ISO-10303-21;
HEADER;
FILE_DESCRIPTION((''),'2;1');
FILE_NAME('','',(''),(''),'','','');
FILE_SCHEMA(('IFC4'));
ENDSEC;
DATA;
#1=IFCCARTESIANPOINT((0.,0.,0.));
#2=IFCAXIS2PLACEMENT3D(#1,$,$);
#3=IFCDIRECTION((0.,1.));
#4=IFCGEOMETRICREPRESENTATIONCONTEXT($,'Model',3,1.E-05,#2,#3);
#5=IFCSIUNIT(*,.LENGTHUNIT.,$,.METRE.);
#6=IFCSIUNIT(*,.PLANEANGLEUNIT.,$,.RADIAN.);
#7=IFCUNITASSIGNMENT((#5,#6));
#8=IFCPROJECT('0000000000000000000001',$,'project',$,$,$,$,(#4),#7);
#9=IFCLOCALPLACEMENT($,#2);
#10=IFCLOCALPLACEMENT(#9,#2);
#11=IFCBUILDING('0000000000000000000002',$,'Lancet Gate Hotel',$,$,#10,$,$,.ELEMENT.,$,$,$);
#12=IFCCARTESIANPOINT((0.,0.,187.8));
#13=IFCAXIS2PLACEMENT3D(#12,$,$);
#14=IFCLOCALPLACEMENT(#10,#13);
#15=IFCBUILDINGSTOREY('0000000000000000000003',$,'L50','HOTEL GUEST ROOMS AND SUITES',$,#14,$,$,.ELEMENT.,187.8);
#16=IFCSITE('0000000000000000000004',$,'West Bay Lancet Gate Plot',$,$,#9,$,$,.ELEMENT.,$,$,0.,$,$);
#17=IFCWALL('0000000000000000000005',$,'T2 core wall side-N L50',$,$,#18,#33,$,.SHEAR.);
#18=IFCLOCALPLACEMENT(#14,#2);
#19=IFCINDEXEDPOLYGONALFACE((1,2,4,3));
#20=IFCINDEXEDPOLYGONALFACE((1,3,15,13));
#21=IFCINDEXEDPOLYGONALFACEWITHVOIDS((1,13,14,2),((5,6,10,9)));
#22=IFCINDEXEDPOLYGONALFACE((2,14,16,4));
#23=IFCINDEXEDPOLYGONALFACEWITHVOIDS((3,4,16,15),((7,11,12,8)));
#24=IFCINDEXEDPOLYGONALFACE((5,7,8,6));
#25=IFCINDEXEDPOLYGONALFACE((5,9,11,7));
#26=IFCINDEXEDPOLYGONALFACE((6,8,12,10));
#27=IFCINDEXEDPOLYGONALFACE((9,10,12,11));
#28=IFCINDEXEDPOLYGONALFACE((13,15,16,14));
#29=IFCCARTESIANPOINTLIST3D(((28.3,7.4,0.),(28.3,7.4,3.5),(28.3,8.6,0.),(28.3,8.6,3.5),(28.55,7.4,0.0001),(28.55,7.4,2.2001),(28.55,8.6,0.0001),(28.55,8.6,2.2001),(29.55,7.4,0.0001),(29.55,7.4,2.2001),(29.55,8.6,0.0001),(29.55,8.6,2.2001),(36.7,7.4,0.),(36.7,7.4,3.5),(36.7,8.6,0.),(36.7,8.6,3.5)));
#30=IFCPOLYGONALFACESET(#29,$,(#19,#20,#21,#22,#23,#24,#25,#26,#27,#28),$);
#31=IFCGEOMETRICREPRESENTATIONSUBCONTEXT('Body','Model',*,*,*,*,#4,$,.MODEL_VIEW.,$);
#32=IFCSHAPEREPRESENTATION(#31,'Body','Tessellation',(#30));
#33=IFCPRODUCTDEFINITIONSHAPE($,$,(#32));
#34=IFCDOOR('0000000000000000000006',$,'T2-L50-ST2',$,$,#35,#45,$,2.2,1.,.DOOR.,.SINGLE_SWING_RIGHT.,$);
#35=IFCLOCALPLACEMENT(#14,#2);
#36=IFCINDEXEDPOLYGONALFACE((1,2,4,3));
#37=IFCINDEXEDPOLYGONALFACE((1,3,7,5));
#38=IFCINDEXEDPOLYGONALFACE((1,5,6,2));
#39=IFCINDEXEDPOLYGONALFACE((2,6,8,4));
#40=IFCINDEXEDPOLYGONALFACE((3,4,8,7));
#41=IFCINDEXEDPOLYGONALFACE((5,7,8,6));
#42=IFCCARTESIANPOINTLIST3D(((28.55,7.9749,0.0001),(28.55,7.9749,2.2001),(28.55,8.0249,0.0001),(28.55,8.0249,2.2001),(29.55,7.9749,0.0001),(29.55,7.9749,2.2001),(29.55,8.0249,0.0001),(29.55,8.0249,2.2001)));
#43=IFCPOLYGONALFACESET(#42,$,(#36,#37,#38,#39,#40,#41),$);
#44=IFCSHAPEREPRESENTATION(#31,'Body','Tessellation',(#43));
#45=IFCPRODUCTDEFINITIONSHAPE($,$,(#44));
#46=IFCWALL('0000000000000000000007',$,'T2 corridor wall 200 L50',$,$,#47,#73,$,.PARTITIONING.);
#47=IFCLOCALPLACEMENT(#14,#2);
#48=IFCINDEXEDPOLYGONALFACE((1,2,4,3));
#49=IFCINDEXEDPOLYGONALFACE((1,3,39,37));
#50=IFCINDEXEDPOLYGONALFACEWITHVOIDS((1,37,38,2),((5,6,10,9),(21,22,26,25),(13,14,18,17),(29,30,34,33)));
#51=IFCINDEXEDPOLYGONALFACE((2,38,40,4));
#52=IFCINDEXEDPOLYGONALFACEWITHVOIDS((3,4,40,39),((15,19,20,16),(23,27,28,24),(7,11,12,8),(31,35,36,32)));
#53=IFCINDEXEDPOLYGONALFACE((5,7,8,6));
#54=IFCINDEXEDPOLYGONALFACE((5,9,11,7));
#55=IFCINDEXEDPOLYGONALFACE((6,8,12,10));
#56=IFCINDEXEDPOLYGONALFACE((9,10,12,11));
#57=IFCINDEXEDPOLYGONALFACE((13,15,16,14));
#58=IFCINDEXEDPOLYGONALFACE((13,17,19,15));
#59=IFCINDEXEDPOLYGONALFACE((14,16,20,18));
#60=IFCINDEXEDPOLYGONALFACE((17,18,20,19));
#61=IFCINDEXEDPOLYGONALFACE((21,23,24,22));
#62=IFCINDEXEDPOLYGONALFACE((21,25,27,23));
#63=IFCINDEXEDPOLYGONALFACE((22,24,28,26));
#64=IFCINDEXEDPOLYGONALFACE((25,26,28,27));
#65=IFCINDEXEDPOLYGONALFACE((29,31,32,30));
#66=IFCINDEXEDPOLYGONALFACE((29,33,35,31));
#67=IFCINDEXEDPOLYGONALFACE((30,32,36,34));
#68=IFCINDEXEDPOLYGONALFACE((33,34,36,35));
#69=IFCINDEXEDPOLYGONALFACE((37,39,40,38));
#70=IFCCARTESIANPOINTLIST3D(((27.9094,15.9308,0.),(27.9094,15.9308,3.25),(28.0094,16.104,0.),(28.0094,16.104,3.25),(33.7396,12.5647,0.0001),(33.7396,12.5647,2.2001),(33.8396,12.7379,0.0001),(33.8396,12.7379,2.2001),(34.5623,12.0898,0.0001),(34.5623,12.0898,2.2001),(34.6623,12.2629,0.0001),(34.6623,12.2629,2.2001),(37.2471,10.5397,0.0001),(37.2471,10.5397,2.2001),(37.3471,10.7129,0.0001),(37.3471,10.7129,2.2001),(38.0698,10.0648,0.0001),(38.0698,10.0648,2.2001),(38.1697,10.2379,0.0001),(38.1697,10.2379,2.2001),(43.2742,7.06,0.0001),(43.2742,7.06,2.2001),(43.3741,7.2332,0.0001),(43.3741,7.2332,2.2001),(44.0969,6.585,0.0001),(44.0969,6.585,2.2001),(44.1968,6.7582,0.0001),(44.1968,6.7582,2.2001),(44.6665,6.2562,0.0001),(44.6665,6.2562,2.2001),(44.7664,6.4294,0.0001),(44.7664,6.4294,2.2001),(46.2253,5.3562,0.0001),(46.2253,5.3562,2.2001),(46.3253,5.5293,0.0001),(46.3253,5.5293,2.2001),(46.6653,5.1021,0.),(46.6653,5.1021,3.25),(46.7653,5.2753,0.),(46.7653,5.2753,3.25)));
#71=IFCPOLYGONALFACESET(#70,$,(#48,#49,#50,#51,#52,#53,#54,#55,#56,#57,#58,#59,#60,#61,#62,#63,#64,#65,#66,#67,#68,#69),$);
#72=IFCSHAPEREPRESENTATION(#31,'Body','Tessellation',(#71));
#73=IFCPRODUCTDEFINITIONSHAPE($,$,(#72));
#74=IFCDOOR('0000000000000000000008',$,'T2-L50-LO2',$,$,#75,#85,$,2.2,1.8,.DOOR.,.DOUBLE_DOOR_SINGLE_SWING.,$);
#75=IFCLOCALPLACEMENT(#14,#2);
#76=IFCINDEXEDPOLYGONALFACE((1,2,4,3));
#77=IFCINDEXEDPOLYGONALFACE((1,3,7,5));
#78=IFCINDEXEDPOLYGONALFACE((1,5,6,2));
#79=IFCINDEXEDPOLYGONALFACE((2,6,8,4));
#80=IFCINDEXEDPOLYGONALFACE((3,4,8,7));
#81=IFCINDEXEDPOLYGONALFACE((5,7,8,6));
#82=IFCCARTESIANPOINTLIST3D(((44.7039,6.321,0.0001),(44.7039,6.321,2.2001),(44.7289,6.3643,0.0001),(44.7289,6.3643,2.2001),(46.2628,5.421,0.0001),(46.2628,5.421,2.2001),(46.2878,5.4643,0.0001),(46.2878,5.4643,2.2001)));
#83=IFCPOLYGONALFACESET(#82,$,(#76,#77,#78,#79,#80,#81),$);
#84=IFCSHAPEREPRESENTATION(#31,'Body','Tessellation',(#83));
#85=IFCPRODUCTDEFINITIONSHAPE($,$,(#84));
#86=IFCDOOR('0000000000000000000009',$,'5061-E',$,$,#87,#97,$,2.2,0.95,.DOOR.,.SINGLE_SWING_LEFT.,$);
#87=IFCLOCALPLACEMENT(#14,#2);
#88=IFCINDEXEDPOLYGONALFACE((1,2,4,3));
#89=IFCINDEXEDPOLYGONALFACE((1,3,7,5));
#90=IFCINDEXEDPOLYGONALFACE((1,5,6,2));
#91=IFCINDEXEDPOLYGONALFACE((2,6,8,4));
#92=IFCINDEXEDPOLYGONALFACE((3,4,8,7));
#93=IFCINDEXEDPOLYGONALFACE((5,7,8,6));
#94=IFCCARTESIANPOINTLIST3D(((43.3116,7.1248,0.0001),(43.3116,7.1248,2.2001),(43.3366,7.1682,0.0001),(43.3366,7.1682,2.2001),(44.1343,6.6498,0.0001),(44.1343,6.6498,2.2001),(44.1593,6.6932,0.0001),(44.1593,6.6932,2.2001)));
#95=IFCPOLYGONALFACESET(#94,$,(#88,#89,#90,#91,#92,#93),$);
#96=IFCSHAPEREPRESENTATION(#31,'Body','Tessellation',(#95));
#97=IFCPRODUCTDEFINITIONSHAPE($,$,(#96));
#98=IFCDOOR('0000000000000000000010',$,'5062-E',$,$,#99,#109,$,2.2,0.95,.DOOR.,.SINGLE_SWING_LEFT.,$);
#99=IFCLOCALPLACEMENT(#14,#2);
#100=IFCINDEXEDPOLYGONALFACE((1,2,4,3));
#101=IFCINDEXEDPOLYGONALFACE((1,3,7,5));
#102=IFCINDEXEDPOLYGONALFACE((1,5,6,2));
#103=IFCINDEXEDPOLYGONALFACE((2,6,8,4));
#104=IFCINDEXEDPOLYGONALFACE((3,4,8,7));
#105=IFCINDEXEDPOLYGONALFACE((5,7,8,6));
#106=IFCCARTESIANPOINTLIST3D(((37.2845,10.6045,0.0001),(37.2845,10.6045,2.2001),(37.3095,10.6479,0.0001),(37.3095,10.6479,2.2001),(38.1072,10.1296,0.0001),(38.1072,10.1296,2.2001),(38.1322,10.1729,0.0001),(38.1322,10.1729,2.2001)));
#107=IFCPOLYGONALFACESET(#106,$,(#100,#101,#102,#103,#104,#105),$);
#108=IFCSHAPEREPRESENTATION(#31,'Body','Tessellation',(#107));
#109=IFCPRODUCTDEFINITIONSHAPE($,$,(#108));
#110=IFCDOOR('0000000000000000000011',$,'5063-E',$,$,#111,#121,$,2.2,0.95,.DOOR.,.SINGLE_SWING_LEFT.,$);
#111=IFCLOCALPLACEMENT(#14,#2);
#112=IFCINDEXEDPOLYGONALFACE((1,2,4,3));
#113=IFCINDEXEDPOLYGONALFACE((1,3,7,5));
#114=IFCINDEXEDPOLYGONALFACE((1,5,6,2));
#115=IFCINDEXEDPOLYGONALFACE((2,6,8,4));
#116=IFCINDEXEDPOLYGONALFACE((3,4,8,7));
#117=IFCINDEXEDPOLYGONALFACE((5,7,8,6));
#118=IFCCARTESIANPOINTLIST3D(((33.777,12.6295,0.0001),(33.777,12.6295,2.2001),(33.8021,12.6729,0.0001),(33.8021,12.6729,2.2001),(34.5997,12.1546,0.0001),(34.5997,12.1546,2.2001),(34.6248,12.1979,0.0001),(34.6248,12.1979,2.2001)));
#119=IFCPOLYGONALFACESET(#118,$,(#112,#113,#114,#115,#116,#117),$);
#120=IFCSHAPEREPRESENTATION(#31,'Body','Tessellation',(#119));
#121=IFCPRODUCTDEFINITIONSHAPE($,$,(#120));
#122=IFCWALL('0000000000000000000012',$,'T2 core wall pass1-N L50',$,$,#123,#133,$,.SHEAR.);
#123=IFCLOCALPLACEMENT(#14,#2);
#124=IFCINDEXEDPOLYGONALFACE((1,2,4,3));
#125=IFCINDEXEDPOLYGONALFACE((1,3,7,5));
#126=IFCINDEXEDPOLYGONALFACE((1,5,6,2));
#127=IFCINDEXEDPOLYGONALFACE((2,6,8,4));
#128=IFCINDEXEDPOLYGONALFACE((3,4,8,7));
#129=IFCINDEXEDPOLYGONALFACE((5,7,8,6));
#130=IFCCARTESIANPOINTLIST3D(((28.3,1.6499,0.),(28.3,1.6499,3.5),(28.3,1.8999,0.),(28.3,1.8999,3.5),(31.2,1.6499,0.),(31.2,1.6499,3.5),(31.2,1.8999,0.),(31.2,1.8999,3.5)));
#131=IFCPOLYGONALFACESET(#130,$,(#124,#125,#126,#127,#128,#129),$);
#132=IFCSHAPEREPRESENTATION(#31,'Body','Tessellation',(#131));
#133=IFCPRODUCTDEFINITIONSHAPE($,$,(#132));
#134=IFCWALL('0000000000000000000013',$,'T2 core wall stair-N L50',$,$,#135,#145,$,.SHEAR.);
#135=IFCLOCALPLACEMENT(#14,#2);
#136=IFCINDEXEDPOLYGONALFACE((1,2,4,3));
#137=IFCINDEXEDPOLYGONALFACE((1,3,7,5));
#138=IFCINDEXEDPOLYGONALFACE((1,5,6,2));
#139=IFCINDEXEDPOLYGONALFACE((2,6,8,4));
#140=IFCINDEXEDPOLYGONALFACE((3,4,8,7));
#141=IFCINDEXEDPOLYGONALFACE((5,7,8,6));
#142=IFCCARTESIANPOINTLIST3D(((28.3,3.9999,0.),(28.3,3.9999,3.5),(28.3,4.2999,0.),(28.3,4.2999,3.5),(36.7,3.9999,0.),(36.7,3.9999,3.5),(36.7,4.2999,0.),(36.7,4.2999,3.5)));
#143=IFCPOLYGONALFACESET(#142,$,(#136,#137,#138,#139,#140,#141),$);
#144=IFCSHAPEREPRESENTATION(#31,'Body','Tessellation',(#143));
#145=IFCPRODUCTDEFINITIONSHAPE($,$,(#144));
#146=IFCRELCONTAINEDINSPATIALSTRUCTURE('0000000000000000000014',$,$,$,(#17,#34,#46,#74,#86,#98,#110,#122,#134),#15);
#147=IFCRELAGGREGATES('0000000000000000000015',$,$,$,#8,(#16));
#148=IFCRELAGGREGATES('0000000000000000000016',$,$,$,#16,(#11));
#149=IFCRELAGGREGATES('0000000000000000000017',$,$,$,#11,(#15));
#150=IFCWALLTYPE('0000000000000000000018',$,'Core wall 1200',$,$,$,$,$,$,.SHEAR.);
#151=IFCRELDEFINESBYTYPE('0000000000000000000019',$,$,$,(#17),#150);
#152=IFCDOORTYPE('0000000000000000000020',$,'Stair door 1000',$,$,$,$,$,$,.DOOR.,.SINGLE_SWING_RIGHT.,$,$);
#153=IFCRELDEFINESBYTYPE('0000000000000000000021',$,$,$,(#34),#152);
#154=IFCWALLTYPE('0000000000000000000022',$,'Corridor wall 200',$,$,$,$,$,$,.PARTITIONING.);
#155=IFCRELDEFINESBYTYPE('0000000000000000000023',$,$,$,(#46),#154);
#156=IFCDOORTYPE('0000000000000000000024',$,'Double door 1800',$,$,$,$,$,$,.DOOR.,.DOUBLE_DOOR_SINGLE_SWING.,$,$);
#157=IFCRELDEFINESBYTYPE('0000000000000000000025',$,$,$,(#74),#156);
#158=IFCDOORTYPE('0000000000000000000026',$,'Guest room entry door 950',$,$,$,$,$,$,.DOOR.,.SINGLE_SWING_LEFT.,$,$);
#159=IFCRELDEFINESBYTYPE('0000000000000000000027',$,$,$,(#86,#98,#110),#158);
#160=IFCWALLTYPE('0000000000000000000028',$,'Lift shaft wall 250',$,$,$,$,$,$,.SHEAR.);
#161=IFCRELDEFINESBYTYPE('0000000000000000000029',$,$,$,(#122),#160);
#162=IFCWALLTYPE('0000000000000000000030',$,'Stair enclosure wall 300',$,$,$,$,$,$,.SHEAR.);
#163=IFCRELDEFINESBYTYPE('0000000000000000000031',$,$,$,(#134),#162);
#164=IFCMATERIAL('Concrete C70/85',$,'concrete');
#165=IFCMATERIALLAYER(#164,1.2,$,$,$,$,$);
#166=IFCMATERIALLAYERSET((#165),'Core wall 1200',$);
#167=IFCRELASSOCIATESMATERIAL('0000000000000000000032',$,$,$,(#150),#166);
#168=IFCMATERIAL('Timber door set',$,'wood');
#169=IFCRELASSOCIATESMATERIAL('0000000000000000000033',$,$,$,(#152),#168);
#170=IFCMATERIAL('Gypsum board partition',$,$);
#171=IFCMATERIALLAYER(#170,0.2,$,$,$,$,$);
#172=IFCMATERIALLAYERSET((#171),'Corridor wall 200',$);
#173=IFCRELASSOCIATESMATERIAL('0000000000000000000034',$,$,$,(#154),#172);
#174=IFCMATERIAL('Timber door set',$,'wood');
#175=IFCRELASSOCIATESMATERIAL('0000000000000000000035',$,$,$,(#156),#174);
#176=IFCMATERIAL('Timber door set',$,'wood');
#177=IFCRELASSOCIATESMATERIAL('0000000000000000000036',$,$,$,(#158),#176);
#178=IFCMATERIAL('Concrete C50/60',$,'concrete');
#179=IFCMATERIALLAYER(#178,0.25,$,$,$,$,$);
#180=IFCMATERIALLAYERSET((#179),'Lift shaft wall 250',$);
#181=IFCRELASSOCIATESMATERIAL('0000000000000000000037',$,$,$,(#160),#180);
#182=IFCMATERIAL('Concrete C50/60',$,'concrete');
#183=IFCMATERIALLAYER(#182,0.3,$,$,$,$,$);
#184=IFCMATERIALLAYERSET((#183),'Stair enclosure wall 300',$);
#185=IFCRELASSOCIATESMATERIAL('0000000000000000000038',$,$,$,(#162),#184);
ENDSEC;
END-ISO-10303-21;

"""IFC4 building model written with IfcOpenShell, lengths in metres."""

from ifc_helpers import new_model, si_unit, direction, frame, frame_2d, origin, place, context, subcontext, project, spatial, rectangle, extrude, material, layer, layer_set, type_object, element, fill, save


model = new_model("IFC4")

# Units and contexts
model_context = context("Model", 3, precision=1e-05, world=origin(), true_north=direction((0.0, 1.0)))
body_context = subcontext(model_context, "Body", "Model", "MODEL_VIEW")
ifc_project = project(units=[si_unit("LENGTHUNIT", "METRE"), si_unit("PLANEANGLEUNIT", "RADIAN")], contexts=[model_context])

# Site, building, storey
site_placement = place(None, origin())
site = spatial("IfcSite", under=ifc_project, at=site_placement, Name="West Bay Lancet Gate Plot", CompositionType="ELEMENT", RefElevation=0.0)
building_placement = place(site_placement, origin())
building = spatial("IfcBuilding", under=site, at=building_placement, Name="Lancet Gate Hotel", CompositionType="ELEMENT")
storey_placement = place(building_placement, frame((0.0, 0.0, 187.8)))
storey = spatial("IfcBuildingStorey", under=building, at=storey_placement, Name="L50", Description="HOTEL GUEST ROOMS AND SUITES", CompositionType="ELEMENT", Elevation=187.8)

# Wall, opening, door
ifc_material_1 = material(Name="Concrete C70/85", Category="concrete")
ifc_layer_1 = layer(ifc_material_1, 1.2)
ifc_layer_set_1 = layer_set([ifc_layer_1], Name="Core wall 1200")
wall_type_1 = type_object("IfcWallType", Name="Core wall 1200", PredefinedType="SHEAR", material=ifc_layer_set_1)
wall_1_placement = place(storey_placement, frame((28.3, 8.0, 0.0), z_axis=(0.0, 0.0, 1.0), x_axis=(1.0, 0.0, 0.0)))
wall_1 = element("IfcWall", 1, at=wall_1_placement, inside=storey, type_object=wall_type_1, Name="T2 core wall side-N L50", PredefinedType="SHEAR", context=body_context, shape_type="SweptSolid", body=[
    extrude(rectangle(XDim=8.3999, YDim=1.2, at=frame_2d((4.2, 0.0))), origin(), (0.0, 0.0, 1.0), 3.5),
])
opening_1_placement = place(wall_1_placement, frame((0.25, 0.0, 0.0)))
opening_1 = element("IfcOpeningElement", 2, at=opening_1_placement, cuts=wall_1, PredefinedType="OPENING", context=body_context, shape_type="SweptSolid", body=[
    extrude(rectangle(XDim=1.0, YDim=2.2, at=frame_2d((0.5, 1.1001))), frame((0.0, 0.6099, 0.0), z_axis=(0.0, -1.0, 0.0), x_axis=(1.0, 0.0, 0.0)), (0.0, 0.0, 1.0), 1.22),
])
ifc_material_2 = material(Name="Timber door set", Category="wood")
door_type_1 = type_object("IfcDoorType", Name="Stair door 1000", OperationType="SINGLE_SWING_RIGHT", PredefinedType="DOOR", material=ifc_material_2)
door_1_placement = place(opening_1_placement, origin())
door_1 = element("IfcDoor", 3, at=door_1_placement, inside=storey, type_object=door_type_1, Name="T2-L50-ST2", OperationType="SINGLE_SWING_RIGHT", OverallHeight=2.2, OverallWidth=1.0, PredefinedType="DOOR", context=body_context, shape_type="SweptSolid", body=[
    extrude(rectangle(XDim=1.0, YDim=2.2, at=frame_2d((0.5, 1.1001))), frame((0.0, 0.0249, 0.0), z_axis=(0.0, -1.0, 0.0), x_axis=(1.0, 0.0, 0.0)), (0.0, 0.0, 1.0), 0.05),
])
fill(opening_1, door_1)

# Wall, openings, doors
ifc_material_3 = material(Name="Gypsum board partition")
ifc_layer_2 = layer(ifc_material_3, 0.2)
ifc_layer_set_2 = layer_set([ifc_layer_2], Name="Corridor wall 200")
wall_type_2 = type_object("IfcWallType", Name="Corridor wall 200", PredefinedType="PARTITIONING", material=ifc_layer_set_2)
wall_2_placement = place(storey_placement, frame((27.9595, 16.0173, 0.0), z_axis=(0.0, 0.0, 1.0), x_axis=(0.866027, -0.499997, 0.0)))
wall_2 = element("IfcWall", 4, at=wall_2_placement, inside=storey, type_object=wall_type_2, Name="T2 corridor wall 200 L50", PredefinedType="PARTITIONING", context=body_context, shape_type="SweptSolid", body=[
    extrude(rectangle(XDim=21.6575, YDim=0.2, at=frame_2d((10.8286, 0.0))), origin(), (0.0, 0.0, 1.0), 3.25),
])
opening_2_placement = place(wall_2_placement, frame((17.7415, 0.0, 0.0)))
opening_2 = element("IfcOpeningElement", 5, at=opening_2_placement, cuts=wall_2, PredefinedType="OPENING", context=body_context, shape_type="SweptSolid", body=[
    extrude(rectangle(XDim=0.95, YDim=2.2, at=frame_2d((0.4751, 1.1001))), frame((0.0, 0.1099, 0.0), z_axis=(0.0, -1.0, 0.0), x_axis=(1.0, 0.0, 0.0)), (0.0, 0.0, 1.0), 0.22),
])
opening_3_placement = place(wall_2_placement, frame((10.782, 0.0, 0.0)))
opening_3 = element("IfcOpeningElement", 6, at=opening_3_placement, cuts=wall_2, PredefinedType="OPENING", context=body_context, shape_type="SweptSolid", body=[
    extrude(rectangle(XDim=0.95, YDim=2.2, at=frame_2d((0.4751, 1.1001))), frame((0.0, 0.1099, 0.0), z_axis=(0.0, -1.0, 0.0), x_axis=(1.0, 0.0, 0.0)), (0.0, 0.0, 1.0), 0.22),
])
opening_4_placement = place(wall_2_placement, frame((6.7319, 0.0, 0.0)))
opening_4 = element("IfcOpeningElement", 7, at=opening_4_placement, cuts=wall_2, PredefinedType="OPENING", context=body_context, shape_type="SweptSolid", body=[
    extrude(rectangle(XDim=0.95, YDim=2.2, at=frame_2d((0.4751, 1.1001))), frame((0.0, 0.1099, 0.0), z_axis=(0.0, -1.0, 0.0), x_axis=(1.0, 0.0, 0.0)), (0.0, 0.0, 1.0), 0.22),
])
opening_5_placement = place(wall_2_placement, frame((19.3494, 0.0, 0.0)))
opening_5 = element("IfcOpeningElement", 8, at=opening_5_placement, cuts=wall_2, PredefinedType="OPENING", context=body_context, shape_type="SweptSolid", body=[
    extrude(rectangle(XDim=1.8, YDim=2.2, at=frame_2d((0.8999, 1.1001))), frame((0.0, 0.1099, 0.0), z_axis=(0.0, -1.0, 0.0), x_axis=(1.0, 0.0, 0.0)), (0.0, 0.0, 1.0), 0.22),
])
ifc_material_4 = material(Name="Timber door set", Category="wood")
door_type_2 = type_object("IfcDoorType", Name="Double door 1800", OperationType="DOUBLE_DOOR_SINGLE_SWING", PredefinedType="DOOR", material=ifc_material_4)
door_2_placement = place(opening_5_placement, origin())
door_2 = element("IfcDoor", 9, at=door_2_placement, inside=storey, type_object=door_type_2, Name="T2-L50-LO2", OperationType="DOUBLE_DOOR_SINGLE_SWING", OverallHeight=2.2, OverallWidth=1.8, PredefinedType="DOOR", context=body_context, shape_type="SweptSolid", body=[
    extrude(rectangle(XDim=1.8, YDim=2.2, at=frame_2d((0.8999, 1.1001))), frame((0.0, 0.0249, 0.0), z_axis=(0.0, -1.0, 0.0), x_axis=(1.0, 0.0, 0.0)), (0.0, 0.0, 1.0), 0.05),
])
fill(opening_5, door_2)
ifc_material_5 = material(Name="Timber door set", Category="wood")
door_type_3 = type_object("IfcDoorType", Name="Guest room entry door 950", OperationType="SINGLE_SWING_LEFT", PredefinedType="DOOR", material=ifc_material_5)
door_3_placement = place(opening_2_placement, origin())
door_3 = element("IfcDoor", 10, at=door_3_placement, inside=storey, type_object=door_type_3, Name="5061-E", OperationType="SINGLE_SWING_LEFT", OverallHeight=2.2, OverallWidth=0.95, PredefinedType="DOOR", context=body_context, shape_type="SweptSolid", body=[
    extrude(rectangle(XDim=0.95, YDim=2.2, at=frame_2d((0.4751, 1.1001))), frame((0.0, 0.0249, 0.0), z_axis=(0.0, -1.0, 0.0), x_axis=(1.0, 0.0, 0.0)), (0.0, 0.0, 1.0), 0.05),
])
fill(opening_2, door_3)
door_4_placement = place(opening_3_placement, origin())
door_4 = element("IfcDoor", 11, at=door_4_placement, inside=storey, type_object=door_type_3, Name="5062-E", OperationType="SINGLE_SWING_LEFT", OverallHeight=2.2, OverallWidth=0.95, PredefinedType="DOOR", context=body_context, shape_type="SweptSolid", body=[
    extrude(rectangle(XDim=0.95, YDim=2.2, at=frame_2d((0.4751, 1.1001))), frame((0.0, 0.0249, 0.0), z_axis=(0.0, -1.0, 0.0), x_axis=(1.0, 0.0, 0.0)), (0.0, 0.0, 1.0), 0.05),
])
fill(opening_3, door_4)
door_5_placement = place(opening_4_placement, origin())
door_5 = element("IfcDoor", 12, at=door_5_placement, inside=storey, type_object=door_type_3, Name="5063-E", OperationType="SINGLE_SWING_LEFT", OverallHeight=2.2, OverallWidth=0.95, PredefinedType="DOOR", context=body_context, shape_type="SweptSolid", body=[
    extrude(rectangle(XDim=0.95, YDim=2.2, at=frame_2d((0.4751, 1.1001))), frame((0.0, 0.0249, 0.0), z_axis=(0.0, -1.0, 0.0), x_axis=(1.0, 0.0, 0.0)), (0.0, 0.0, 1.0), 0.05),
])
fill(opening_4, door_5)

# Walls
ifc_material_6 = material(Name="Concrete C50/60", Category="concrete")
ifc_layer_3 = layer(ifc_material_6, 0.25)
ifc_layer_set_3 = layer_set([ifc_layer_3], Name="Lift shaft wall 250")
wall_type_3 = type_object("IfcWallType", Name="Lift shaft wall 250", PredefinedType="SHEAR", material=ifc_layer_set_3)
wall_3_placement = place(storey_placement, frame((28.3, 1.7749, 0.0), z_axis=(0.0, 0.0, 1.0), x_axis=(1.0, 0.0, 0.0)))
element("IfcWall", 13, at=wall_3_placement, inside=storey, type_object=wall_type_3, Name="T2 core wall pass1-N L50", PredefinedType="SHEAR", context=body_context, shape_type="SweptSolid", body=[
    extrude(rectangle(XDim=2.8999, YDim=0.25, at=frame_2d((1.45, 0.0))), origin(), (0.0, 0.0, 1.0), 3.5),
])
ifc_material_7 = material(Name="Concrete C50/60", Category="concrete")
ifc_layer_4 = layer(ifc_material_7, 0.3)
ifc_layer_set_4 = layer_set([ifc_layer_4], Name="Stair enclosure wall 300")
wall_type_4 = type_object("IfcWallType", Name="Stair enclosure wall 300", PredefinedType="SHEAR", material=ifc_layer_set_4)
wall_4_placement = place(storey_placement, frame((28.3, 4.1499, 0.0), z_axis=(0.0, 0.0, 1.0), x_axis=(1.0, 0.0, 0.0)))
element("IfcWall", 14, at=wall_4_placement, inside=storey, type_object=wall_type_4, Name="T2 core wall stair-N L50", PredefinedType="SHEAR", context=body_context, shape_type="SweptSolid", body=[
    extrude(rectangle(XDim=8.3999, YDim=0.3, at=frame_2d((4.2, 0.0))), origin(), (0.0, 0.0, 1.0), 3.5),
])

save(model, "model.ifc")
